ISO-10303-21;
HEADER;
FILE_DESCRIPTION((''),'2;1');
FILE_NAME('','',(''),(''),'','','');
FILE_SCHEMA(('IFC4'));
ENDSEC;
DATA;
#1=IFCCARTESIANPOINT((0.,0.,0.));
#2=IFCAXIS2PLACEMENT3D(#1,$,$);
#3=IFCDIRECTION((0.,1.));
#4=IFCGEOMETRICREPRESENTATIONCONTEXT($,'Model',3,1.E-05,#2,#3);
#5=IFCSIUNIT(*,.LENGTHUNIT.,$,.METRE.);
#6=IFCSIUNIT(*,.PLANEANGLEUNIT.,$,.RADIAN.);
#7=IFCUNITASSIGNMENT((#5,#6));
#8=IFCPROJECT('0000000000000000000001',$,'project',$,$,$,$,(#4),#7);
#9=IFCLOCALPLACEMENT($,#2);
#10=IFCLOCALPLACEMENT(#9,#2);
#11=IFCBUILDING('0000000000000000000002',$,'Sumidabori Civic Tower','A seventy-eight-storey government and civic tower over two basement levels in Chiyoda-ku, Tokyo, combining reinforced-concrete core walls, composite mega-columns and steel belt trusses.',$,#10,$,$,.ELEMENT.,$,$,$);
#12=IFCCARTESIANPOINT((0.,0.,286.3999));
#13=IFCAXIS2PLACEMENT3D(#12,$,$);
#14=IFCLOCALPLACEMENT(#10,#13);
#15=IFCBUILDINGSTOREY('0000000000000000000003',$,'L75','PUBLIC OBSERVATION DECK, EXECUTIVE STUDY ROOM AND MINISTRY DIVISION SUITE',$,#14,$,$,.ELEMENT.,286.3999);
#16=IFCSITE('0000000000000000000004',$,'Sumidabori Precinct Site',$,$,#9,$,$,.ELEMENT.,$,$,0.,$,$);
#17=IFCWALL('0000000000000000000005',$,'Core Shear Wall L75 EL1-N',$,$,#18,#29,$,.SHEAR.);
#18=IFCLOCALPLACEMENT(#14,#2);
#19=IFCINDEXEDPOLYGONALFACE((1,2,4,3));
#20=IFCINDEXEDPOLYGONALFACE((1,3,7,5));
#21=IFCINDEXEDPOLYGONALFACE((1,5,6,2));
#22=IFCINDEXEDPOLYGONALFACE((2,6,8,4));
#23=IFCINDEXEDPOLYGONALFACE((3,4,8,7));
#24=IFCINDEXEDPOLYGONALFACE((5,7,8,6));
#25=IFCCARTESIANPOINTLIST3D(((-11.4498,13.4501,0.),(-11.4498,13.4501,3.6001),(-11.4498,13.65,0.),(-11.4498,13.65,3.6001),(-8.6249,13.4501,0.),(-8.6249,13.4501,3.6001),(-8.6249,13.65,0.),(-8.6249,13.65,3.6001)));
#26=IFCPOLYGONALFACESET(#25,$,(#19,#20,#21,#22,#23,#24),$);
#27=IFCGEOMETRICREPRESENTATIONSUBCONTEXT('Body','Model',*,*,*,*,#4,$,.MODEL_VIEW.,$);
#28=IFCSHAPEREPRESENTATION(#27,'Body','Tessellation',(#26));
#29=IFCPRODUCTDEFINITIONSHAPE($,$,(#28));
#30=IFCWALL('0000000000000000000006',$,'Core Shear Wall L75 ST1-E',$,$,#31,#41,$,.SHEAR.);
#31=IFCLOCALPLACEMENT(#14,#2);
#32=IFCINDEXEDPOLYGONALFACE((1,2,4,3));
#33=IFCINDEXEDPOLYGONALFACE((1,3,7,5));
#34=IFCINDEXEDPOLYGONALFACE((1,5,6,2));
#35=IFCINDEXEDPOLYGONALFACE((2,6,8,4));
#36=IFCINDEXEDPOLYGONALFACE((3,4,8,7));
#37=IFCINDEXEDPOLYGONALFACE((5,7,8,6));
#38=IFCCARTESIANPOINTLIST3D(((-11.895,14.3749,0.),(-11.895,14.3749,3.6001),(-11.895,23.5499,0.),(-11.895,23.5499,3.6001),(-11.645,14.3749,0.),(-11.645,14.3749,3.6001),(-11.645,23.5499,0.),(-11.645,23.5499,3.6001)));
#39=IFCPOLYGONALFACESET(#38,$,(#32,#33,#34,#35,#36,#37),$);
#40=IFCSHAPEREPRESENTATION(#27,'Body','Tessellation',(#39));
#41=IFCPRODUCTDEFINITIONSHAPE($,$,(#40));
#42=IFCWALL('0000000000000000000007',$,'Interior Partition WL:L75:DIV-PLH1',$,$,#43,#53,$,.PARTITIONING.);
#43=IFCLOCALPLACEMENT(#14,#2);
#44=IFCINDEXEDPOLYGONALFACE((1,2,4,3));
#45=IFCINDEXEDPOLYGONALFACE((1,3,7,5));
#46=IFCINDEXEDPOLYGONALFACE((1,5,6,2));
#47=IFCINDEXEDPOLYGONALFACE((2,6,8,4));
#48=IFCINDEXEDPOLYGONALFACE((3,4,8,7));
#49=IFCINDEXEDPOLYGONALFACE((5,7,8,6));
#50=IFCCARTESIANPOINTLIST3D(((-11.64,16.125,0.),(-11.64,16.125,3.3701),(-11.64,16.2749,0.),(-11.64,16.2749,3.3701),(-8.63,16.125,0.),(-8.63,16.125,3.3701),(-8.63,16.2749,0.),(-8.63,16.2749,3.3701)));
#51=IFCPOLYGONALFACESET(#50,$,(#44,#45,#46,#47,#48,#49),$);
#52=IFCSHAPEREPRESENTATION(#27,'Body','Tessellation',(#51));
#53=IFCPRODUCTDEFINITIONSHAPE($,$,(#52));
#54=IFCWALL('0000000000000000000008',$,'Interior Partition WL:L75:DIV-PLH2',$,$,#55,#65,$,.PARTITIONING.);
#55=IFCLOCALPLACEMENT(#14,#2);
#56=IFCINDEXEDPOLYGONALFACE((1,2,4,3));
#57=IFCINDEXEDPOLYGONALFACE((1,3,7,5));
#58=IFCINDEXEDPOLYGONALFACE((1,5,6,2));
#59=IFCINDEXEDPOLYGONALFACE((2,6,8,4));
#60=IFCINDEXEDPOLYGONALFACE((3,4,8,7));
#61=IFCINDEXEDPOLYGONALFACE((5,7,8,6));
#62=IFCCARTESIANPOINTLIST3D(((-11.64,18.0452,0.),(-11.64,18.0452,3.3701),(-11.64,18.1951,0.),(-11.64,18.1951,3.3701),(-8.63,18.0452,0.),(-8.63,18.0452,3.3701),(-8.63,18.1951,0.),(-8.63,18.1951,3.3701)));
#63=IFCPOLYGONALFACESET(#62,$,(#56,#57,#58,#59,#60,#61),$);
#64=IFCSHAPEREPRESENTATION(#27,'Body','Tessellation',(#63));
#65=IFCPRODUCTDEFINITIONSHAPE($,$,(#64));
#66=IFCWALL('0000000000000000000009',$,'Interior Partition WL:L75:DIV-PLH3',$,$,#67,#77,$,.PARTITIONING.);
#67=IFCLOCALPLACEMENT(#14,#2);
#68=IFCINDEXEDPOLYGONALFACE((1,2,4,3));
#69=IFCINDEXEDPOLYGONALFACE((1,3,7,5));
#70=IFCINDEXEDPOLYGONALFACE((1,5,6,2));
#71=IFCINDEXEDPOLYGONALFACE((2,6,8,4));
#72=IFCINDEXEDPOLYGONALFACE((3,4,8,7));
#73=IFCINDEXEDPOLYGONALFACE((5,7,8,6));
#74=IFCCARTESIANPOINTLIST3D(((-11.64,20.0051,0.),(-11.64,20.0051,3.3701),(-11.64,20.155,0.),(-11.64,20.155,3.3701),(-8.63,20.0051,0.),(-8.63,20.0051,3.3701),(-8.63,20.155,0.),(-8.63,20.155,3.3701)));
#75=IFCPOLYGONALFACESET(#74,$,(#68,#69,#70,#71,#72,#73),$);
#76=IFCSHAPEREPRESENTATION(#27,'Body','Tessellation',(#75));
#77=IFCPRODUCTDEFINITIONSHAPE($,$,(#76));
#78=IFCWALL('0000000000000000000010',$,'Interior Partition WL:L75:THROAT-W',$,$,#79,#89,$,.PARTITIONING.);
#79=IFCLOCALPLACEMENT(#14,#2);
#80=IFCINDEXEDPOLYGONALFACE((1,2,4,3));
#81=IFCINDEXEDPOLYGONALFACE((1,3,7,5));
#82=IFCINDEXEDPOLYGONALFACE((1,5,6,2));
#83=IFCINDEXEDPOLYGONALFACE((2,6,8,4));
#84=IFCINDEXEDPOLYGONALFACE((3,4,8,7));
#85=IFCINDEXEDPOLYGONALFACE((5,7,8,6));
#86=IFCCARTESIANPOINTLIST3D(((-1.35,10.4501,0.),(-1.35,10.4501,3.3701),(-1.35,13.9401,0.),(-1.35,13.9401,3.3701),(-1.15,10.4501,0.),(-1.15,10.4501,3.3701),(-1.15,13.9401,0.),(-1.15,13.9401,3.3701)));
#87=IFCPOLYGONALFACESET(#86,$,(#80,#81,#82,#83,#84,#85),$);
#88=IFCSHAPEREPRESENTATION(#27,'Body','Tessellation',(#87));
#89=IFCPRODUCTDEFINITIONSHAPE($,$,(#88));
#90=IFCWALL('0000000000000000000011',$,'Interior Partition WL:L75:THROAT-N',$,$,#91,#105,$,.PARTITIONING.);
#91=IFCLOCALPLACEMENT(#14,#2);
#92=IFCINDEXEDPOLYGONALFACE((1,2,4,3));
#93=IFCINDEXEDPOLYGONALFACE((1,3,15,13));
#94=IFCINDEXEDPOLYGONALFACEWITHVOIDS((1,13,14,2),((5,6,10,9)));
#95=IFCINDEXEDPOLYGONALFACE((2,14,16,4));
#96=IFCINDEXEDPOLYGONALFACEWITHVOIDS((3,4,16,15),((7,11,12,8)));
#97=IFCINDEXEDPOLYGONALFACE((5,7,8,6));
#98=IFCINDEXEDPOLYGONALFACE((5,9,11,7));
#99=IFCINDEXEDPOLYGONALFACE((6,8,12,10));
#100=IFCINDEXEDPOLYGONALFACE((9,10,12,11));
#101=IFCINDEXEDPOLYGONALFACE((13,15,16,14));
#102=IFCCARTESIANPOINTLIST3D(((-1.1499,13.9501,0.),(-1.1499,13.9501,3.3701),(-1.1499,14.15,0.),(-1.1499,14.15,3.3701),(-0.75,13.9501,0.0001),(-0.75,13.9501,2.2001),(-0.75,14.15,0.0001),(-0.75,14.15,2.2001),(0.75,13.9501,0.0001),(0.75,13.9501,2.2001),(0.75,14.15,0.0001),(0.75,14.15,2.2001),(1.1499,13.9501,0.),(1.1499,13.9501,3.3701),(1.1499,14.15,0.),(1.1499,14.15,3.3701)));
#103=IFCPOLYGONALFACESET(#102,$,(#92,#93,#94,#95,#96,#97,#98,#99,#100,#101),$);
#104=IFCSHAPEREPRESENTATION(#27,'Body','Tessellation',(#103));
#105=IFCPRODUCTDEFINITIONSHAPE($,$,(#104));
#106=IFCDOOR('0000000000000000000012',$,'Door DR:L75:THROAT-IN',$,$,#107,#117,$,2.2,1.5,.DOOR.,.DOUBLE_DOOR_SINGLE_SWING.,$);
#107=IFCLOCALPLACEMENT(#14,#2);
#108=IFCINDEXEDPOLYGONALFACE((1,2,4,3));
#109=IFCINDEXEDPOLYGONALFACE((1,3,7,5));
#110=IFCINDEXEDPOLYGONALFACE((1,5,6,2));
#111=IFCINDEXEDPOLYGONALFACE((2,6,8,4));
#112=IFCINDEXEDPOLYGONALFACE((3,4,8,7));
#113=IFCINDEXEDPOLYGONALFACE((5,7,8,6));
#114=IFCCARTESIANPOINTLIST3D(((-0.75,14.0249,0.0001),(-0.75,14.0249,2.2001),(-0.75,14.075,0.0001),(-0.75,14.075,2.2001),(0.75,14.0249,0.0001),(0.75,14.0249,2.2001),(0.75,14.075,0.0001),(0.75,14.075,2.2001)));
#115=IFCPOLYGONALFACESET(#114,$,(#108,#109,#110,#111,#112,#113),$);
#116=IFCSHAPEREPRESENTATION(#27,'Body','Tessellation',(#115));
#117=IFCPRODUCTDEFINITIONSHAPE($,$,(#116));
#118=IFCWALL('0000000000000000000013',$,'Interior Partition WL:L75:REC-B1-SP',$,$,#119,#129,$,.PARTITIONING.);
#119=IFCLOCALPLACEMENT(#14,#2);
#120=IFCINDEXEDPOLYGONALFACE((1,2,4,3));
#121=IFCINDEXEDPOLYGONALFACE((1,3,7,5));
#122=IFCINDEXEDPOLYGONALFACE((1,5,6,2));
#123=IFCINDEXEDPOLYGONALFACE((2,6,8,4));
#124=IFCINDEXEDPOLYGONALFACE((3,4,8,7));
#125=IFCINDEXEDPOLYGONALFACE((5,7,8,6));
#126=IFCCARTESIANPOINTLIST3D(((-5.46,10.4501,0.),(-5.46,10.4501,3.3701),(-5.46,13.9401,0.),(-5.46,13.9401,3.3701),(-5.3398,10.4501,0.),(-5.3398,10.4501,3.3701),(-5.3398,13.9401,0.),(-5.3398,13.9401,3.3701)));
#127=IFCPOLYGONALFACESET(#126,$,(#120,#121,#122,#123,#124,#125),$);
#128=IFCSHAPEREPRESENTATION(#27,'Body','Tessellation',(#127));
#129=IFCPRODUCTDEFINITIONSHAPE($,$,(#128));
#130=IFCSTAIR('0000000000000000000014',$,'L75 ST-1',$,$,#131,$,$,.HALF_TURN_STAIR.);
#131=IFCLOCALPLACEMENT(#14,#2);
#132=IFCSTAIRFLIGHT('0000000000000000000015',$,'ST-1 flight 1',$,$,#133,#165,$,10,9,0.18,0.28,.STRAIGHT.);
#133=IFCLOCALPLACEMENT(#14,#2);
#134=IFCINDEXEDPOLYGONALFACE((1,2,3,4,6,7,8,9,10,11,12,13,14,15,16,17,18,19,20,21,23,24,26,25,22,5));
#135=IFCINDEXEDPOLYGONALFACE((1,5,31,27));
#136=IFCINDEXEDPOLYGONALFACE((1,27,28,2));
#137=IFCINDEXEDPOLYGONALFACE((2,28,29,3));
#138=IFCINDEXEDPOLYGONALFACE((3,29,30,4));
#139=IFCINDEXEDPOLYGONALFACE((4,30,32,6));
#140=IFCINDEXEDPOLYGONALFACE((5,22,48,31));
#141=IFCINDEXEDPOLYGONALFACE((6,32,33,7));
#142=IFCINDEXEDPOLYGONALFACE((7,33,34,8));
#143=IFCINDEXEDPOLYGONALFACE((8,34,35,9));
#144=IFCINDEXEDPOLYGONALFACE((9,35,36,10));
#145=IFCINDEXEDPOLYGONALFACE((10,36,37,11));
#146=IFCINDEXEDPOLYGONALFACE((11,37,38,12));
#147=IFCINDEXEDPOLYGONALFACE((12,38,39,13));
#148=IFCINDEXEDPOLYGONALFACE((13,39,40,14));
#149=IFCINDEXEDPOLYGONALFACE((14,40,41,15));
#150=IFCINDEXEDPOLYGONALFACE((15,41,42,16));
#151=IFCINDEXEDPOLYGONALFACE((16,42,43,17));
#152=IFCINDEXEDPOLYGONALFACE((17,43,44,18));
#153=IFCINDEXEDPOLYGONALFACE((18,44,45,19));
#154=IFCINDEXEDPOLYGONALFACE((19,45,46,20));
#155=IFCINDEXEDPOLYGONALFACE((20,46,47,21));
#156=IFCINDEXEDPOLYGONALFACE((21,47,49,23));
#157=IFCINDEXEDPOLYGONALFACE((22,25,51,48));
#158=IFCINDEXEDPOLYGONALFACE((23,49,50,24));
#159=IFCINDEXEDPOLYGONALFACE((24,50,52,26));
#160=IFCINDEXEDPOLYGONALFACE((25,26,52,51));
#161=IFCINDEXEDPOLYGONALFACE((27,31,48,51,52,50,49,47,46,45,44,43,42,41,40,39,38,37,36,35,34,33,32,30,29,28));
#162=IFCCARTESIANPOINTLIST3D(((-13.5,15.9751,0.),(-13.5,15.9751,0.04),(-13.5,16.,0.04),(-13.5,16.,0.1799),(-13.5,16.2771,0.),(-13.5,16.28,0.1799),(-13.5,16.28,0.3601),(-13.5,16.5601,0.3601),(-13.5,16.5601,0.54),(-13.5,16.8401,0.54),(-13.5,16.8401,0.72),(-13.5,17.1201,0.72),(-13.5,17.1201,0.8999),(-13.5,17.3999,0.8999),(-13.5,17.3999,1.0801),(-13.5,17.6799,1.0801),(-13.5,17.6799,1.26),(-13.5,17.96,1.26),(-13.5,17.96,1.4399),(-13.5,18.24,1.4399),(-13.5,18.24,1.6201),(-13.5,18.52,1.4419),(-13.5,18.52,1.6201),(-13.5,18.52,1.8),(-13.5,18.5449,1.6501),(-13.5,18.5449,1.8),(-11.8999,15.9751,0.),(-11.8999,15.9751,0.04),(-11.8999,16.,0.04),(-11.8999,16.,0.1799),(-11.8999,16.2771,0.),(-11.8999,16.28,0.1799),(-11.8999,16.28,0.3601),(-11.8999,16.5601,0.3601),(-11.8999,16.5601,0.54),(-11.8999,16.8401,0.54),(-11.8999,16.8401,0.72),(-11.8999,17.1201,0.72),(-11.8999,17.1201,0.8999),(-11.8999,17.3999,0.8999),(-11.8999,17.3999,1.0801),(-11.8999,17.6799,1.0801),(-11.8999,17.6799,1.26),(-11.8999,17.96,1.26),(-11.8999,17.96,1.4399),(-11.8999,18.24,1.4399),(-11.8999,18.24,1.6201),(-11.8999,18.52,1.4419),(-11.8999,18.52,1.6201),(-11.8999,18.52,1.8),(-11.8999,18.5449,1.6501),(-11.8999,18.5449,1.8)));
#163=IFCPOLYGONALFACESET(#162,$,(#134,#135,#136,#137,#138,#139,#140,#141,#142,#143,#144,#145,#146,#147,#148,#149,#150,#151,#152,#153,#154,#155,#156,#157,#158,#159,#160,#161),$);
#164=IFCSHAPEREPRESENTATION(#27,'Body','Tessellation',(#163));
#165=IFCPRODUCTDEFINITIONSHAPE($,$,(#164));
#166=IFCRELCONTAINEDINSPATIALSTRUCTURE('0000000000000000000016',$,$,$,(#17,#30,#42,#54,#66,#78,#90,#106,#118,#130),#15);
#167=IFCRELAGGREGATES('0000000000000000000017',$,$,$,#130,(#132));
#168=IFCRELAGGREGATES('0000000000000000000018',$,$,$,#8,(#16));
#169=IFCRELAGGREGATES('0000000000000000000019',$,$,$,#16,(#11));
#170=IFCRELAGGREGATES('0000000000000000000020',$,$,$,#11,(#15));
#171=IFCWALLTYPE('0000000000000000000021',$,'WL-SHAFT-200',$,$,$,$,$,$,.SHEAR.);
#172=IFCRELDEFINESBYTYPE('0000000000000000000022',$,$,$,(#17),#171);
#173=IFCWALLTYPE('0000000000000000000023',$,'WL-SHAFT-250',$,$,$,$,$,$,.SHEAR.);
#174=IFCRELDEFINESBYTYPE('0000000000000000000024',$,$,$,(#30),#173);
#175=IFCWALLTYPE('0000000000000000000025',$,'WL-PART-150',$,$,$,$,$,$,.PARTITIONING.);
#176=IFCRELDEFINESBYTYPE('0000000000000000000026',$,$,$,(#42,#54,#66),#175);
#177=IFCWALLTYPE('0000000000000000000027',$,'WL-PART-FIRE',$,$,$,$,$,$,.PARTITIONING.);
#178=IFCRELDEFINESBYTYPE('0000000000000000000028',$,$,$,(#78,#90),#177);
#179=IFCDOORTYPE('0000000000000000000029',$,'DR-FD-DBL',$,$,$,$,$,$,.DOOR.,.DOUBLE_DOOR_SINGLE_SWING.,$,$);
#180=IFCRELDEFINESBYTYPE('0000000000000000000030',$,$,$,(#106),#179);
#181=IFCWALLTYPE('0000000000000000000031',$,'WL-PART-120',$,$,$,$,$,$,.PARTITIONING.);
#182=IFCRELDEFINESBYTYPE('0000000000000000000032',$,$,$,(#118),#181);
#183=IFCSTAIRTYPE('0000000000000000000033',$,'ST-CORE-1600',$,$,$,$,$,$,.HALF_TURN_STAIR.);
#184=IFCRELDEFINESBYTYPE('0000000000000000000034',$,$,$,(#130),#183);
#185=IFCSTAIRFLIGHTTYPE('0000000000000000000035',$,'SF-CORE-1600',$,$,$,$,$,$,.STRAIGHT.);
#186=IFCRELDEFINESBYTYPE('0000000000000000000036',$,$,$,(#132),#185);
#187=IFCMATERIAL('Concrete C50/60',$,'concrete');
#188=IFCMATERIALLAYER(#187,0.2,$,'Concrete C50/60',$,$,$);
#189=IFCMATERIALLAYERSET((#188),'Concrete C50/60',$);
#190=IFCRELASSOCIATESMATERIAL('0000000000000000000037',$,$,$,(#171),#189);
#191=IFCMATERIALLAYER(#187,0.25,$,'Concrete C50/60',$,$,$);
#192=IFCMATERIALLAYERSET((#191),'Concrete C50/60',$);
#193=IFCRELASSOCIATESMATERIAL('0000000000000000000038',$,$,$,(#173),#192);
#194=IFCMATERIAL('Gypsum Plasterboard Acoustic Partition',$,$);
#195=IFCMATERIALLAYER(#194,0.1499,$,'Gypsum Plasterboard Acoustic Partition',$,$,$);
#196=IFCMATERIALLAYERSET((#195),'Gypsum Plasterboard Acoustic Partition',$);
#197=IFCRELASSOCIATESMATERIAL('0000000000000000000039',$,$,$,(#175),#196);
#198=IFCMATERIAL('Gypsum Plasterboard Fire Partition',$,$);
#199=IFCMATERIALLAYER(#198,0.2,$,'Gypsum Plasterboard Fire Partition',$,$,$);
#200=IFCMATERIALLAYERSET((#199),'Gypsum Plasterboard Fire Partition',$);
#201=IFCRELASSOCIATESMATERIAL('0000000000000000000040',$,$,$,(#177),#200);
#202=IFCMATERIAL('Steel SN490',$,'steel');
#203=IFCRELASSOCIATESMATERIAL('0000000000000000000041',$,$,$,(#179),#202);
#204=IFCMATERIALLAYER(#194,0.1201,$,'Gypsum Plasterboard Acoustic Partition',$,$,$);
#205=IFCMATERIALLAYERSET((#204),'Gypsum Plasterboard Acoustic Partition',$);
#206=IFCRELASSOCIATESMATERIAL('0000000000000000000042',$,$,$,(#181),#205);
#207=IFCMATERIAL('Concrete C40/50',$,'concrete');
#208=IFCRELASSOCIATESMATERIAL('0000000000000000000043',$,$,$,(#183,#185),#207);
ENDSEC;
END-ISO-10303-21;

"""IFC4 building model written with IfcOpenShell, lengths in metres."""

from ifc_helpers import new_model, si_unit, direction, frame, frame_2d, origin, place, context, subcontext, project, spatial, polyline, rectangle, outline, extrude, source, transform, mapped, material, layer, layer_set, type_object, element, fill, aggregate, save


model = new_model("IFC4")

# Units and contexts
model_context = context("Model", 3, precision=1e-05, world=origin(), true_north=direction((0.0, 1.0)))
body_context = subcontext(model_context, "Body", "Model", "MODEL_VIEW")
ifc_project = project(units=[si_unit("LENGTHUNIT", "METRE"), si_unit("PLANEANGLEUNIT", "RADIAN")], contexts=[model_context])

# Site, building, storey
site_placement = place(None, origin())
site = spatial("IfcSite", under=ifc_project, at=site_placement, Name="Sumidabori Precinct Site", CompositionType="ELEMENT", RefElevation=0.0)
building_placement = place(site_placement, origin())
building = spatial("IfcBuilding", under=site, at=building_placement, Name="Sumidabori Civic Tower", Description="A seventy-eight-storey government and civic tower over two basement levels in Chiyoda-ku, Tokyo, combining reinforced-concrete core walls, composite mega-columns and steel belt trusses.", CompositionType="ELEMENT")
storey_placement = place(building_placement, frame((0.0, 0.0, 286.3999)))
storey = spatial("IfcBuildingStorey", under=building, at=storey_placement, Name="L75", Description="PUBLIC OBSERVATION DECK, EXECUTIVE STUDY ROOM AND MINISTRY DIVISION SUITE", CompositionType="ELEMENT", Elevation=286.3999)

# Wall
ifc_material_1 = material(Name="Concrete C50/60", Category="concrete")
ifc_layer_1 = layer(ifc_material_1, 0.2, Name="Concrete C50/60")
ifc_layer_set_1 = layer_set([ifc_layer_1], Name="Concrete C50/60")
wall_type_1 = type_object("IfcWallType", Name="WL-SHAFT-200", PredefinedType="SHEAR", material=ifc_layer_set_1)
shared_shape_1 = source(origin(), body_context, "Body", "SweptSolid", [
    extrude(rectangle(XDim=2.825, YDim=0.2, at=frame_2d((1.4126, 0.0))), origin(), (0.0, 0.0, 1.0), 3.6001),
])
wall_1_placement = place(storey_placement, frame((-11.45, 13.55, 0.0), z_axis=(0.0, 0.0, 1.0), x_axis=(1.0, 0.0, 0.0)))
element("IfcWall", 1, at=wall_1_placement, inside=storey, type_object=wall_type_1, Name="Core Shear Wall L75 EL1-N", PredefinedType="SHEAR", context=body_context, shape_type="MappedRepresentation", body=[
    mapped(shared_shape_1, transform((0.0, 0.0, 0.0), x_axis=(1.0, 0.0, 0.0), y_axis=(0.0, 1.0, 0.0), z_axis=(0.0, 0.0, 1.0), scale=1.0)),
])

# Shared definitions
ifc_layer_2 = layer(ifc_material_1, 0.25, Name="Concrete C50/60")
ifc_layer_set_2 = layer_set([ifc_layer_2], Name="Concrete C50/60")
wall_type_2 = type_object("IfcWallType", Name="WL-SHAFT-250", PredefinedType="SHEAR", material=ifc_layer_set_2)

# Wall
shared_shape_2 = source(origin(), body_context, "Body", "SweptSolid", [
    extrude(rectangle(XDim=9.175, YDim=0.25, at=frame_2d((4.5874, 0.0))), origin(), (0.0, 0.0, 1.0), 3.6001),
])
wall_2_placement = place(storey_placement, frame((-11.77, 14.375, 0.0), z_axis=(0.0, 0.0, 1.0), x_axis=(0.0, 1.0, 0.0)))
element("IfcWall", 2, at=wall_2_placement, inside=storey, type_object=wall_type_2, Name="Core Shear Wall L75 ST1-E", PredefinedType="SHEAR", context=body_context, shape_type="MappedRepresentation", body=[
    mapped(shared_shape_2, transform((0.0, 0.0, 0.0), x_axis=(1.0, 0.0, 0.0), y_axis=(0.0, 1.0, 0.0), z_axis=(0.0, 0.0, 1.0), scale=1.0)),
])

# Walls
ifc_material_2 = material(Name="Gypsum Plasterboard Acoustic Partition")
ifc_layer_3 = layer(ifc_material_2, 0.1499, Name="Gypsum Plasterboard Acoustic Partition")
ifc_layer_set_3 = layer_set([ifc_layer_3], Name="Gypsum Plasterboard Acoustic Partition")
wall_type_3 = type_object("IfcWallType", Name="WL-PART-150", PredefinedType="PARTITIONING", material=ifc_layer_set_3)
shared_shape_3 = source(origin(), body_context, "Body", "SweptSolid", [
    extrude(rectangle(XDim=3.01, YDim=0.1499, at=frame_2d((1.5049, 0.0))), origin(), (0.0, 0.0, 1.0), 3.3701),
])
for number, where, z_axis, x_axis, name in (
    (3, (-11.6399, 16.2, 0.0), (0.0, 0.0, 1.0), (1.0, 0.0, 0.0), "Interior Partition WL:L75:DIV-PLH1"),
    (4, (-11.6399, 18.1201, 0.0), (0.0, 0.0, 1.0), (1.0, 0.0, 0.0), "Interior Partition WL:L75:DIV-PLH2"),
    (5, (-11.6399, 20.0801, 0.0), (0.0, 0.0, 1.0), (1.0, 0.0, 0.0), "Interior Partition WL:L75:DIV-PLH3"),
):
    element("IfcWall", number, at=place(storey_placement, frame(where, z_axis=z_axis, x_axis=x_axis)), inside=storey, type_object=wall_type_3, Name=name, PredefinedType="PARTITIONING", context=body_context, shape_type="MappedRepresentation", body=[
        mapped(shared_shape_3, transform((0.0, 0.0, 0.0), x_axis=(1.0, 0.0, 0.0), y_axis=(0.0, 1.0, 0.0), z_axis=(0.0, 0.0, 1.0), scale=1.0)),
    ])

# Shared definitions
ifc_material_3 = material(Name="Gypsum Plasterboard Fire Partition")
ifc_layer_4 = layer(ifc_material_3, 0.2, Name="Gypsum Plasterboard Fire Partition")
ifc_layer_set_4 = layer_set([ifc_layer_4], Name="Gypsum Plasterboard Fire Partition")
wall_type_4 = type_object("IfcWallType", Name="WL-PART-FIRE", PredefinedType="PARTITIONING", material=ifc_layer_set_4)

# Wall
shared_shape_4 = source(origin(), body_context, "Body", "SweptSolid", [
    extrude(rectangle(XDim=3.49, YDim=0.2, at=frame_2d((1.7451, 0.0))), origin(), (0.0, 0.0, 1.0), 3.3701),
])
wall_3_placement = place(storey_placement, frame((-1.25, 10.45, 0.0), z_axis=(0.0, 0.0, 1.0), x_axis=(0.0, 1.0, 0.0)))
element("IfcWall", 6, at=wall_3_placement, inside=storey, type_object=wall_type_4, Name="Interior Partition WL:L75:THROAT-W", PredefinedType="PARTITIONING", context=body_context, shape_type="MappedRepresentation", body=[
    mapped(shared_shape_4, transform((0.0, 0.0, 0.0), x_axis=(1.0, 0.0, 0.0), y_axis=(0.0, 1.0, 0.0), z_axis=(0.0, 0.0, 1.0), scale=1.0)),
])

# Wall, opening, door
shared_shape_5 = source(origin(), body_context, "Body", "SweptSolid", [
    extrude(rectangle(XDim=2.2998, YDim=0.2, at=frame_2d((1.1499, 0.0))), origin(), (0.0, 0.0, 1.0), 3.3701),
])
wall_4_placement = place(storey_placement, frame((-1.1499, 14.05, 0.0), z_axis=(0.0, 0.0, 1.0), x_axis=(1.0, 0.0, 0.0)))
wall_4 = element("IfcWall", 7, at=wall_4_placement, inside=storey, type_object=wall_type_4, Name="Interior Partition WL:L75:THROAT-N", PredefinedType="PARTITIONING", context=body_context, shape_type="MappedRepresentation", body=[
    mapped(shared_shape_5, transform((0.0, 0.0, 0.0), x_axis=(1.0, 0.0, 0.0), y_axis=(0.0, 1.0, 0.0), z_axis=(0.0, 0.0, 1.0), scale=1.0)),
])
opening_1_placement = place(wall_4_placement, frame((0.3999, 0.0, 0.0)))
opening_1 = element("IfcOpeningElement", 8, at=opening_1_placement, cuts=wall_4, PredefinedType="OPENING", context=body_context, shape_type="SweptSolid", body=[
    extrude(rectangle(XDim=1.5, YDim=2.2, at=frame_2d((0.75, 1.1001))), frame((0.0, 0.1118, 0.0), z_axis=(0.0, -1.0, 0.0), x_axis=(1.0, 0.0, 0.0)), (0.0, 0.0, 1.0), 0.2239),
])
ifc_material_4 = material(Name="Steel SN490", Category="steel")
door_type_1 = type_object("IfcDoorType", Name="DR-FD-DBL", OperationType="DOUBLE_DOOR_SINGLE_SWING", PredefinedType="DOOR", material=ifc_material_4)
shared_shape_6 = source(origin(), body_context, "Body", "SweptSolid", [
    extrude(rectangle(XDim=1.5, YDim=2.2, at=frame_2d((0.75, 1.1001))), frame((0.0, 0.0249, 0.0), z_axis=(0.0, -1.0, 0.0), x_axis=(1.0, 0.0, 0.0)), (0.0, 0.0, 1.0), 0.05),
])
door_1_placement = place(opening_1_placement, origin())
door_1 = element("IfcDoor", 9, at=door_1_placement, inside=storey, type_object=door_type_1, Name="Door DR:L75:THROAT-IN", OperationType="DOUBLE_DOOR_SINGLE_SWING", OverallHeight=2.2, OverallWidth=1.5, PredefinedType="DOOR", context=body_context, shape_type="MappedRepresentation", body=[
    mapped(shared_shape_6, transform((0.0, 0.0, 0.0), x_axis=(1.0, 0.0, 0.0), y_axis=(0.0, 1.0, 0.0), z_axis=(0.0, 0.0, 1.0), scale=1.0)),
])
fill(opening_1, door_1)

# Wall
ifc_layer_5 = layer(ifc_material_2, 0.1201, Name="Gypsum Plasterboard Acoustic Partition")
ifc_layer_set_5 = layer_set([ifc_layer_5], Name="Gypsum Plasterboard Acoustic Partition")
wall_type_5 = type_object("IfcWallType", Name="WL-PART-120", PredefinedType="PARTITIONING", material=ifc_layer_set_5)
shared_shape_7 = source(origin(), body_context, "Body", "SweptSolid", [
    extrude(rectangle(XDim=3.49, YDim=0.1201, at=frame_2d((1.7451, 0.0))), origin(), (0.0, 0.0, 1.0), 3.3701),
])
wall_5_placement = place(storey_placement, frame((-5.3999, 10.45, 0.0), z_axis=(0.0, 0.0, 1.0), x_axis=(0.0, 1.0, 0.0)))
element("IfcWall", 10, at=wall_5_placement, inside=storey, type_object=wall_type_5, Name="Interior Partition WL:L75:REC-B1-SP", PredefinedType="PARTITIONING", context=body_context, shape_type="MappedRepresentation", body=[
    mapped(shared_shape_7, transform((0.0, 0.0, 0.0), x_axis=(1.0, 0.0, 0.0), y_axis=(0.0, 1.0, 0.0), z_axis=(0.0, 0.0, 1.0), scale=1.0)),
])

# Stair, stair flight
ifc_material_5 = material(Name="Concrete C40/50", Category="concrete")
stair_type = type_object("IfcStairType", Name="ST-CORE-1600", PredefinedType="HALF_TURN_STAIR", material=ifc_material_5)
stair_placement = place(storey_placement, origin())
stair = element("IfcStair", 11, at=stair_placement, inside=storey, type_object=stair_type, Name="L75 ST-1", PredefinedType="HALF_TURN_STAIR")
stair_flight_type = type_object("IfcStairFlightType", Name="SF-CORE-1600", PredefinedType="STRAIGHT", material=ifc_material_5)
shared_shape_8 = source(origin(), body_context, "Body", "SweptSolid", [
    extrude(outline(polyline([(-0.0249, 0.0), (-0.0249, 0.04), (0.0, 0.04), (0.0, 0.1799), (0.28, 0.1799), (0.28, 0.3601), (0.5601, 0.3601), (0.5601, 0.54), (0.8401, 0.54), (0.8401, 0.72), (1.1201, 0.72), (1.1201, 0.8999), (1.3999, 0.8999), (1.3999, 1.0801), (1.6799, 1.0801), (1.6799, 1.26), (1.96, 1.26), (1.96, 1.4399), (2.24, 1.4399), (2.24, 1.6201), (2.52, 1.6201), (2.52, 1.8), (2.5449, 1.8), (2.5449, 1.6501), (2.52, 1.4419), (0.2771, 0.0), (-0.0249, 0.0)])), frame((0.0, 0.8, 0.0), z_axis=(0.0, -1.0, 0.0), x_axis=(1.0, 0.0, 0.0)), (0.0, 0.0, 1.0), 1.6001),
])
stair_flight_placement = place(storey_placement, frame((-12.7, 16.0, 0.0), z_axis=(0.0, 0.0, 1.0), x_axis=(0.0, 1.0, 0.0)))
stair_flight = element("IfcStairFlight", 12, at=stair_flight_placement, type_object=stair_flight_type, Name="ST-1 flight 1", NumberOfRisers=10, NumberOfTreads=9, PredefinedType="STRAIGHT", RiserHeight=0.18, TreadLength=0.28, context=body_context, shape_type="MappedRepresentation", body=[
    mapped(shared_shape_8, transform((0.0, 0.0, 0.0), x_axis=(1.0, 0.0, 0.0), y_axis=(0.0, 1.0, 0.0), z_axis=(0.0, 0.0, 1.0), scale=1.0)),
])
aggregate(stair, [stair_flight])

save(model, "model.ifc")
